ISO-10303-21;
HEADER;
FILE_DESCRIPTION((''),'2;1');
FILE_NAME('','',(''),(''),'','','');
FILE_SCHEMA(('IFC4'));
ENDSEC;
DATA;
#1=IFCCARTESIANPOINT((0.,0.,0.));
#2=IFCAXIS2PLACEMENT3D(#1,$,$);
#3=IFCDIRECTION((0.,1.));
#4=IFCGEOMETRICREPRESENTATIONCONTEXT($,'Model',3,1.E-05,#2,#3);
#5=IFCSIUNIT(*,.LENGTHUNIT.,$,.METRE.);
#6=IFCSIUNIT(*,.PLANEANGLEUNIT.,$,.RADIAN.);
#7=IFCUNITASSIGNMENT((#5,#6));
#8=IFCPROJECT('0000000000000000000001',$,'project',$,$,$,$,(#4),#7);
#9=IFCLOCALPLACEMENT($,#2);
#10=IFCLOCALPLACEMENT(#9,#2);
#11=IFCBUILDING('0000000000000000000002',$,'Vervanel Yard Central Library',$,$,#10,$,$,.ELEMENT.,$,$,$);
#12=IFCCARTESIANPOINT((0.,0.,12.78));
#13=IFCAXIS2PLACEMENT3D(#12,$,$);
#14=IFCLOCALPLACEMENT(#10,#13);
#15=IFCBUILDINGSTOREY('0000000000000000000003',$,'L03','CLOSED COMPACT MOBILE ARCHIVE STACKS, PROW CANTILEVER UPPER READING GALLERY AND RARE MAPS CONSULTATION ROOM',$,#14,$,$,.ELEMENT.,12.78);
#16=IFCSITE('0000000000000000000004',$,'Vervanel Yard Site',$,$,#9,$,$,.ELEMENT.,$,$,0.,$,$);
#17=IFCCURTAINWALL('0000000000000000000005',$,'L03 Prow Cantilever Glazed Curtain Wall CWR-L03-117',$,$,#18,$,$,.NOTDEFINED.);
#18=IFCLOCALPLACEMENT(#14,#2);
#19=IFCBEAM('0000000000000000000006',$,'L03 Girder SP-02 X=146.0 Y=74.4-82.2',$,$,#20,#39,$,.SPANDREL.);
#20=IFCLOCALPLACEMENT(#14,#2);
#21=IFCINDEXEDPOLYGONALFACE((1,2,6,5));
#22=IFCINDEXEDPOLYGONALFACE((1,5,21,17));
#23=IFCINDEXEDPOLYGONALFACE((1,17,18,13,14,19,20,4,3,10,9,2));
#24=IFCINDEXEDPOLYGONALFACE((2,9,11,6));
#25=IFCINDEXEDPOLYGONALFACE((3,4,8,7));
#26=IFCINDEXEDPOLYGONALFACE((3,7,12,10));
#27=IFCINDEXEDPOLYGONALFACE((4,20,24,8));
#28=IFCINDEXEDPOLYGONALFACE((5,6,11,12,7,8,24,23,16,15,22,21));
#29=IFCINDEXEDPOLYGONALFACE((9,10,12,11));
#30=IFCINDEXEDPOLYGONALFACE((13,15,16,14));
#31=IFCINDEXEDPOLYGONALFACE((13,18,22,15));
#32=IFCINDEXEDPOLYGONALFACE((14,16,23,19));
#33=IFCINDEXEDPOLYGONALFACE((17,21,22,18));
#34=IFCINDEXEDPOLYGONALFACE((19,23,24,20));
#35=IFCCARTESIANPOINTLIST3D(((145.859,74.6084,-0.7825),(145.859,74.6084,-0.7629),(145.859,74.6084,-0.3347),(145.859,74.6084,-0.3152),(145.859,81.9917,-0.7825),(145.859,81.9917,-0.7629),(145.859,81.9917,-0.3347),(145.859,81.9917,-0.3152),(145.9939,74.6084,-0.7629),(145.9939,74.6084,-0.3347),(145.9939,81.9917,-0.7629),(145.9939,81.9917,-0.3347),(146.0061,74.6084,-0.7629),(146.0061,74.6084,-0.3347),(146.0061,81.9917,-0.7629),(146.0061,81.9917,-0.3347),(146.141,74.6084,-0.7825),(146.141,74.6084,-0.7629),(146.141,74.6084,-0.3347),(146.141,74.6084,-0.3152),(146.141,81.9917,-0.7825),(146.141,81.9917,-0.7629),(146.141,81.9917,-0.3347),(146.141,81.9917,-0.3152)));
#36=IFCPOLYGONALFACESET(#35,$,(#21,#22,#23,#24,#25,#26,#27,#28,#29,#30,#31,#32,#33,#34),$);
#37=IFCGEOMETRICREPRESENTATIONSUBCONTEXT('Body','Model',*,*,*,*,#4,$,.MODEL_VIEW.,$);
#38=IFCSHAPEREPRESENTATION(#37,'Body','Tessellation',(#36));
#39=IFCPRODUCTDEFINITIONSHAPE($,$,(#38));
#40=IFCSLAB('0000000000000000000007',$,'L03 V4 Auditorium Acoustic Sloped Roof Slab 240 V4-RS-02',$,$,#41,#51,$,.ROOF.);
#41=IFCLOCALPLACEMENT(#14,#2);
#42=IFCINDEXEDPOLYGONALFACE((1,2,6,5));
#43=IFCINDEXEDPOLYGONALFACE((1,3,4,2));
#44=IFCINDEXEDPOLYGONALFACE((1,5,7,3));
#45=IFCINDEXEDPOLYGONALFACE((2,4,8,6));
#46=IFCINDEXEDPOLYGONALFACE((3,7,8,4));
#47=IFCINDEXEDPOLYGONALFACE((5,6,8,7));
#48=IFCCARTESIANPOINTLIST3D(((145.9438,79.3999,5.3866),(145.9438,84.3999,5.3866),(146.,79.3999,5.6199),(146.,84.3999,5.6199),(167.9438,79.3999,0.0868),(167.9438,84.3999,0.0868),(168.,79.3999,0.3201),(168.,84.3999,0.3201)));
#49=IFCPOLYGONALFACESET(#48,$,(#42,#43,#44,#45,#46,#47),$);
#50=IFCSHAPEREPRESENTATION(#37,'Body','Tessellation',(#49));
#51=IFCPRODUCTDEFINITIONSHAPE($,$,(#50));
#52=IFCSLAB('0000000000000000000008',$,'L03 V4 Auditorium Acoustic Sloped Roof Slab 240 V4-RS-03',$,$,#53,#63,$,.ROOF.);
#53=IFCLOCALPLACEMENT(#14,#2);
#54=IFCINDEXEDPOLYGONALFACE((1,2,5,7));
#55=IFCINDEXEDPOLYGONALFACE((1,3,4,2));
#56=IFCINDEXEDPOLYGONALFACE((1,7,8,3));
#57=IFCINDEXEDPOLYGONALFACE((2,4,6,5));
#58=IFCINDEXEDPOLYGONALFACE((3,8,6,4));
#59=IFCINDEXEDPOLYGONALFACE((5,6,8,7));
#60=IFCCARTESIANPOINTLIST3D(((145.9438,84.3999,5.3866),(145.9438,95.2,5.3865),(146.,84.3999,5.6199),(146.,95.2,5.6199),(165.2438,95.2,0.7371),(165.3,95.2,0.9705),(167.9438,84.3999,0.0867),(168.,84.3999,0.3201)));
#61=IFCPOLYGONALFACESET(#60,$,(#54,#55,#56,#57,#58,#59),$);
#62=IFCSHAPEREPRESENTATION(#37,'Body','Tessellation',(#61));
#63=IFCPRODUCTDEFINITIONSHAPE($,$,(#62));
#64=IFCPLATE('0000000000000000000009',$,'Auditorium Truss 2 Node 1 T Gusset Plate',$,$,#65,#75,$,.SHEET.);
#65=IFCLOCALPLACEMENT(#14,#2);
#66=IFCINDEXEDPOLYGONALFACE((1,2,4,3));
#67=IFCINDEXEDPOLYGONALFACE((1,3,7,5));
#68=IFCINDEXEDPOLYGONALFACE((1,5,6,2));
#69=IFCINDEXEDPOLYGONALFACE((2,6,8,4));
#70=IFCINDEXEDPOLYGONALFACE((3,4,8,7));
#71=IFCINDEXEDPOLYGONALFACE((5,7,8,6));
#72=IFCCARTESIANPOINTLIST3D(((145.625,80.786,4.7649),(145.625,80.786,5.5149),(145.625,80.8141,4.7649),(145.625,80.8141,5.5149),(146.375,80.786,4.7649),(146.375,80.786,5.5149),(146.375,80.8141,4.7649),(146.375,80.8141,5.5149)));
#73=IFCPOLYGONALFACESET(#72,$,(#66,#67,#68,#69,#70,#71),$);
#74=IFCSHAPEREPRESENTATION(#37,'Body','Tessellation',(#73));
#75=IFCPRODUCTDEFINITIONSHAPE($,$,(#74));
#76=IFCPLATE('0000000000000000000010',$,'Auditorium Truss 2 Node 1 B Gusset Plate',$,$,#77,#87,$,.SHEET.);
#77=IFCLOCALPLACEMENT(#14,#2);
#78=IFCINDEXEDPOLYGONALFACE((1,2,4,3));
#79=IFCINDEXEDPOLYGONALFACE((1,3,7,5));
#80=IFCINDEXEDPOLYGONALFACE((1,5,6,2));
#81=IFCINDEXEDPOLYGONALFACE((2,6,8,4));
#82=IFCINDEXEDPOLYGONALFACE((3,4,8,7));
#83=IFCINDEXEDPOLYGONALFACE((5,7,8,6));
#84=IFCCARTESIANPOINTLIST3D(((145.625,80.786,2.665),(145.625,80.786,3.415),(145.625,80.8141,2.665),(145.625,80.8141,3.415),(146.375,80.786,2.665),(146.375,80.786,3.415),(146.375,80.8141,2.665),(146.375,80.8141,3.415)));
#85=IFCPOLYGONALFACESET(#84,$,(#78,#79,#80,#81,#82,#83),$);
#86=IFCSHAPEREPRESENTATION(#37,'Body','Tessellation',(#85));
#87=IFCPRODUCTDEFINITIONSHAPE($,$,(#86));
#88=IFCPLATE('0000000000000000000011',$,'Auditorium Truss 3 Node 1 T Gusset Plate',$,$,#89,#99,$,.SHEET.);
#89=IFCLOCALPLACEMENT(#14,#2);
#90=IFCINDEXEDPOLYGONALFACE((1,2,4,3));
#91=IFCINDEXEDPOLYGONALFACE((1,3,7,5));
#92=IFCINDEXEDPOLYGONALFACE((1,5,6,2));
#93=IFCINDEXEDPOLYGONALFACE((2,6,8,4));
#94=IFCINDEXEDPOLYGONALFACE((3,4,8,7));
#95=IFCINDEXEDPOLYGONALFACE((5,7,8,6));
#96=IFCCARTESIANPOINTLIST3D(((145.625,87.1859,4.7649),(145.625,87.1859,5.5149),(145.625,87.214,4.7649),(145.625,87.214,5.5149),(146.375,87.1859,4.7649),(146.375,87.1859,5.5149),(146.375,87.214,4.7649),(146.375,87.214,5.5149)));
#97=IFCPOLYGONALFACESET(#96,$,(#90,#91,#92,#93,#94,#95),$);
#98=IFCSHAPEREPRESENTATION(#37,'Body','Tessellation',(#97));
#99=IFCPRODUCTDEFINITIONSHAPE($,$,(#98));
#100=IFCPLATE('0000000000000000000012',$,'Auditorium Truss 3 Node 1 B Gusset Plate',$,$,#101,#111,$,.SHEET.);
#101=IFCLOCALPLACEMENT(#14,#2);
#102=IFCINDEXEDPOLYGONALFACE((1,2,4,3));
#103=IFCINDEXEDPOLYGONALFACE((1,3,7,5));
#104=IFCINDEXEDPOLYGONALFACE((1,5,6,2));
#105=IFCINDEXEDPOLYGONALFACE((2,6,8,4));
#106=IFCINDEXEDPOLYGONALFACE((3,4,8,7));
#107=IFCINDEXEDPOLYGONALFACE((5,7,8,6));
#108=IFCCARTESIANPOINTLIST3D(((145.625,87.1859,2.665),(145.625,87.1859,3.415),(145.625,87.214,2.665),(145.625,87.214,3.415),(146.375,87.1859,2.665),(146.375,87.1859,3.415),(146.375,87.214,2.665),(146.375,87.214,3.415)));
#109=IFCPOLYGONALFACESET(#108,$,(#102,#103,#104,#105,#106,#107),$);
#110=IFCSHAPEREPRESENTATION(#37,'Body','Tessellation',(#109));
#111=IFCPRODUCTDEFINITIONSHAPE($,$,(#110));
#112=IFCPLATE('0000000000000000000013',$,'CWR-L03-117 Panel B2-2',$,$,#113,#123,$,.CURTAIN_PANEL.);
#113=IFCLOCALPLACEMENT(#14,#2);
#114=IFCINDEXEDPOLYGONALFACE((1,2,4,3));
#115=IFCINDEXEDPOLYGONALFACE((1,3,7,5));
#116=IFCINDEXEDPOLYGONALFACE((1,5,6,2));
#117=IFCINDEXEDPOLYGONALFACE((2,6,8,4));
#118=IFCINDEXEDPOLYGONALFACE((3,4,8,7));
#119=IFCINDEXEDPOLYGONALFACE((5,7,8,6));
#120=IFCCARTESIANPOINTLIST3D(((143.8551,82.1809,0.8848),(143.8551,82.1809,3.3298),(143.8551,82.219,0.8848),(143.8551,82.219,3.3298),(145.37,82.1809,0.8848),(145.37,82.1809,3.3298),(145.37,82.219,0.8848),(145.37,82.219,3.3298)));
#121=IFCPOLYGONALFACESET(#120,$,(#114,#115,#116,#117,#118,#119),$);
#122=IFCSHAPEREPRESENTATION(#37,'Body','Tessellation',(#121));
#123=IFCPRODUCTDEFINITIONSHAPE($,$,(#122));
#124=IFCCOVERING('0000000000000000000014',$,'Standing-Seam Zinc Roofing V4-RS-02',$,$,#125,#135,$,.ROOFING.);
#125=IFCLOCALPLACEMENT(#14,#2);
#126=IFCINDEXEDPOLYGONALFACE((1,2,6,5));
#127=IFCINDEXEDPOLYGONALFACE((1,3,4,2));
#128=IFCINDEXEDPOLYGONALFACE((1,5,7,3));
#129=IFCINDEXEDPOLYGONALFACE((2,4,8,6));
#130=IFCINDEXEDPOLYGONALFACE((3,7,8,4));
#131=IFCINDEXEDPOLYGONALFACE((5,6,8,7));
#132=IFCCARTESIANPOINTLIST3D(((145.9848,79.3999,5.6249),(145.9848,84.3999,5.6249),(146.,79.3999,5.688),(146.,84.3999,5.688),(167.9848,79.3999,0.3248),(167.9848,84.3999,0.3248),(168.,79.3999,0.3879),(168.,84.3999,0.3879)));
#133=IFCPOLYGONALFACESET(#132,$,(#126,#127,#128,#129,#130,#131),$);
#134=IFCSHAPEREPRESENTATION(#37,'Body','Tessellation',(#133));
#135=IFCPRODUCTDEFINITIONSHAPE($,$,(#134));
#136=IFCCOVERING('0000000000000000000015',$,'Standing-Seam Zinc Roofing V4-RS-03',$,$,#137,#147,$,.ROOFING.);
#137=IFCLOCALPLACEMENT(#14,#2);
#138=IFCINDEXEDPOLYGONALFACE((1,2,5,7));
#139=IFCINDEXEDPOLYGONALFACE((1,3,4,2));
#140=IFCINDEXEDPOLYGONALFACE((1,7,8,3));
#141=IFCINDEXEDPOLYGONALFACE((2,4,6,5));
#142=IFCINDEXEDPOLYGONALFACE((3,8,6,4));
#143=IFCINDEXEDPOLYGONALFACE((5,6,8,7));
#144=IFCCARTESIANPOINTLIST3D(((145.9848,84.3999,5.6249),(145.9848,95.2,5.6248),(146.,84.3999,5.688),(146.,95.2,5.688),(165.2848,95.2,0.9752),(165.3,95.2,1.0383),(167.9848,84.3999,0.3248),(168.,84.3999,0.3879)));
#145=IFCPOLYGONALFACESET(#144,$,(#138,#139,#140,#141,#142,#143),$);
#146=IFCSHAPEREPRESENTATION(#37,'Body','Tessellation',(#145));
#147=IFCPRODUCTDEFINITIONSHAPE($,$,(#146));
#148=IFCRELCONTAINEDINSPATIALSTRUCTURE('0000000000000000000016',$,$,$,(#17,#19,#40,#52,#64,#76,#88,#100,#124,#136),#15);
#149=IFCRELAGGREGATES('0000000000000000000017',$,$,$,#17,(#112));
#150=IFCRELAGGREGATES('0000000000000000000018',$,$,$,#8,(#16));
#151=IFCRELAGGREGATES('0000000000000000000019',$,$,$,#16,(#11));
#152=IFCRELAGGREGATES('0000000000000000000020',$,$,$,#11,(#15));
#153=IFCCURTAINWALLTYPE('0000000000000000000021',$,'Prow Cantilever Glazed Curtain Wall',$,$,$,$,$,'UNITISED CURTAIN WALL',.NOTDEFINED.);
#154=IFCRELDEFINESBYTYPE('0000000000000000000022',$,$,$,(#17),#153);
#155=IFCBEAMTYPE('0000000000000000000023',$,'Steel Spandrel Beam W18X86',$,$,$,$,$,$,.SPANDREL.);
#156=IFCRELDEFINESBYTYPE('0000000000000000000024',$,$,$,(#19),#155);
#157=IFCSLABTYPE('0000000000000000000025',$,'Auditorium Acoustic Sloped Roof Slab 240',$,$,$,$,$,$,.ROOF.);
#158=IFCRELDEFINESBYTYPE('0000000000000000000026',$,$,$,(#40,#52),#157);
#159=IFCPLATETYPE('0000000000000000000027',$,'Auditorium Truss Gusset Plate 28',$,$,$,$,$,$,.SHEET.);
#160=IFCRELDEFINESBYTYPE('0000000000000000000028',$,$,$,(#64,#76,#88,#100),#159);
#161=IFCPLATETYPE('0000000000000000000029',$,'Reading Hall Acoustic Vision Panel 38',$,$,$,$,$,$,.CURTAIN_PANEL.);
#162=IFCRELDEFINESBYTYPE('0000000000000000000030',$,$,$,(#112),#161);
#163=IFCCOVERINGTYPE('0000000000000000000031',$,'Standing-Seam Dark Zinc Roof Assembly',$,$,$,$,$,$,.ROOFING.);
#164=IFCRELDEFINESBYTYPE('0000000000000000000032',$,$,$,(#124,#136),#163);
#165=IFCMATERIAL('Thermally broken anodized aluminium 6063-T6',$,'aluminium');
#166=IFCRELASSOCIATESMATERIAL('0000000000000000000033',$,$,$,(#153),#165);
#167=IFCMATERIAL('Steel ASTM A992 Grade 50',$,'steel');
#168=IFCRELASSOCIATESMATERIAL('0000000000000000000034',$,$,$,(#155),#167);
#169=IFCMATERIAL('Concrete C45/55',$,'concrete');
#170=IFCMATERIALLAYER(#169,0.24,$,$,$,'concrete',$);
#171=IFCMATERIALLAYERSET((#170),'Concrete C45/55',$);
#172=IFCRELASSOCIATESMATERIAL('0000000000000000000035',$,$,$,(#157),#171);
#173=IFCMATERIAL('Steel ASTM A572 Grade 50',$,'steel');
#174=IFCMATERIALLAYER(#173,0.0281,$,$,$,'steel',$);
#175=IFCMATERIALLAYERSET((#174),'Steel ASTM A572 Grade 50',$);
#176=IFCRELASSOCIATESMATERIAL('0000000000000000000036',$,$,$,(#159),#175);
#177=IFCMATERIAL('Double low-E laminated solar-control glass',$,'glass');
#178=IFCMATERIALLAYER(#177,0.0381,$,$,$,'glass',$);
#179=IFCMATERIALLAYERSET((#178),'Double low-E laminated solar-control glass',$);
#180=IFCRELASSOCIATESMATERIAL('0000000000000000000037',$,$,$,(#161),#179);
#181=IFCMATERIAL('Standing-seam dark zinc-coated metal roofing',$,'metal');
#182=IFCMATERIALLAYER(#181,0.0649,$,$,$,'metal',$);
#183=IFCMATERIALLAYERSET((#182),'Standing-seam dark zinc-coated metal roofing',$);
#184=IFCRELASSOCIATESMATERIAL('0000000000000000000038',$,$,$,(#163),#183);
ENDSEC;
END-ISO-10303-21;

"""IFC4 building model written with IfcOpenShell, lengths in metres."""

from ifc_helpers import new_model, si_unit, direction, frame, origin, origin_2d, place, context, subcontext, project, spatial, polyline, rectangle, i_section, outline, extrude, material, layer, layer_set, material_profile, profile_set, type_object, element, aggregate, save


model = new_model("IFC4")

# Units and contexts
model_context = context("Model", 3, precision=1e-05, world=origin(), true_north=direction((0.0, 1.0)))
body_context = subcontext(model_context, "Body", "Model", "MODEL_VIEW")
ifc_project = project(units=[si_unit("LENGTHUNIT", "METRE"), si_unit("PLANEANGLEUNIT", "RADIAN")], contexts=[model_context])

# Site, building, storey
site_placement = place(None, origin())
site = spatial("IfcSite", under=ifc_project, at=site_placement, Name="Vervanel Yard Site", CompositionType="ELEMENT", RefElevation=0.0)
building_placement = place(site_placement, origin())
building = spatial("IfcBuilding", under=site, at=building_placement, Name="Vervanel Yard Central Library", CompositionType="ELEMENT")
storey_placement = place(building_placement, frame((0.0, 0.0, 12.78)))
storey = spatial("IfcBuildingStorey", under=building, at=storey_placement, Name="L03", Description="CLOSED COMPACT MOBILE ARCHIVE STACKS, PROW CANTILEVER UPPER READING GALLERY AND RARE MAPS CONSULTATION ROOM", CompositionType="ELEMENT", Elevation=12.78)

# Shared definitions
ifc_material_1 = material(Name="Steel ASTM A992 Grade 50", Category="steel")

# Curtain wall
ifc_material_2 = material(Name="Thermally broken anodized aluminium 6063-T6", Category="aluminium")
curtain_wall_type = type_object("IfcCurtainWallType", Name="Prow Cantilever Glazed Curtain Wall", ElementType="UNITISED CURTAIN WALL", PredefinedType="NOTDEFINED", material=ifc_material_2)
curtain_wall_placement = place(storey_placement, origin())
curtain_wall = element("IfcCurtainWall", 1, at=curtain_wall_placement, inside=storey, type_object=curtain_wall_type, Name="L03 Prow Cantilever Glazed Curtain Wall CWR-L03-117", PredefinedType="NOTDEFINED")

# Beam
ifc_material_profile_1 = material_profile(ifc_material_1, i_section(OverallWidth=0.282, OverallDepth=0.4673, WebThickness=0.0122, FlangeThickness=0.0195, at=origin_2d()), Name="W18X86", Category="steel")
ifc_profile_set_1 = profile_set([ifc_material_profile_1], Name="Steel ASTM A992 Grade 50")
beam_type = type_object("IfcBeamType", Name="Steel Spandrel Beam W18X86", PredefinedType="SPANDREL", material=ifc_profile_set_1)
beam_placement = place(storey_placement, frame((146.0, 74.6084, -0.5488), z_axis=(0.0, 1.0, 0.0), x_axis=(-1.0, 0.0, 0.0)))
element("IfcBeam", 2, at=beam_placement, inside=storey, type_object=beam_type, Name="L03 Girder SP-02 X=146.0 Y=74.4-82.2", PredefinedType="SPANDREL", context=body_context, shape_type="SweptSolid", body=[
    extrude(i_section(OverallWidth=0.282, OverallDepth=0.4673, WebThickness=0.0122, FlangeThickness=0.0195, at=origin_2d()), origin(), (0.0, 0.0, 1.0), 7.3833),
])

# Slabs
ifc_material_3 = material(Name="Concrete C45/55", Category="concrete")
ifc_layer_1 = layer(ifc_material_3, 0.24, Category="concrete")
ifc_layer_set_1 = layer_set([ifc_layer_1], Name="Concrete C45/55")
slab_type = type_object("IfcSlabType", Name="Auditorium Acoustic Sloped Roof Slab 240", PredefinedType="ROOF", material=ifc_layer_set_1)
slab_1_placement = place(storey_placement, frame((146.0, 79.3999, 5.6199), z_axis=(0.2342, 0.0, 0.972188), x_axis=(0.972188, 0.0, -0.2342)))
element("IfcSlab", 3, at=slab_1_placement, inside=storey, type_object=slab_type, Name="L03 V4 Auditorium Acoustic Sloped Roof Slab 240 V4-RS-02", PredefinedType="ROOF", context=body_context, shape_type="SweptSolid", body=[
    extrude(outline(polyline([(0.0, 0.0), (22.6294, 0.0), (22.6294, 5.0), (0.0, 5.0), (0.0, 0.0)])), origin(), (0.0, 0.0, -1.0), 0.24),
])
slab_2_placement = place(storey_placement, frame((146.0, 84.3999, 5.6199), z_axis=(0.234201, 0.000001, 0.972188), x_axis=(0.972188, 0.0, -0.234201)))
element("IfcSlab", 4, at=slab_2_placement, inside=storey, type_object=slab_type, Name="L03 V4 Auditorium Acoustic Sloped Roof Slab 240 V4-RS-03", PredefinedType="ROOF", context=body_context, shape_type="SweptSolid", body=[
    extrude(outline(polyline([(0.0, 0.0), (22.6294, 0.0), (19.8522, 10.8), (0.0, 10.8), (0.0, 0.0)])), origin(), (0.0, 0.0, -1.0), 0.24),
])

# Plates
ifc_material_4 = material(Name="Steel ASTM A572 Grade 50", Category="steel")
ifc_layer_2 = layer(ifc_material_4, 0.0281, Category="steel")
ifc_layer_set_2 = layer_set([ifc_layer_2], Name="Steel ASTM A572 Grade 50")
plate_type_1 = type_object("IfcPlateType", Name="Auditorium Truss Gusset Plate 28", PredefinedType="SHEET", material=ifc_layer_set_2)
for number, where, z_axis, x_axis, name in (
    (5, (146.0, 80.8, 4.7649), (0.0, 0.0, 1.0), (1.0, 0.0, 0.0), "Auditorium Truss 2 Node 1 T Gusset Plate"),
    (6, (146.0, 80.8, 2.665), (0.0, 0.0, 1.0), (1.0, 0.0, 0.0), "Auditorium Truss 2 Node 1 B Gusset Plate"),
    (7, (146.0, 87.2, 4.7649), (0.0, 0.0, 1.0), (1.0, 0.0, 0.0), "Auditorium Truss 3 Node 1 T Gusset Plate"),
    (8, (146.0, 87.2, 2.665), (0.0, 0.0, 1.0), (1.0, 0.0, 0.0), "Auditorium Truss 3 Node 1 B Gusset Plate"),
):
    element("IfcPlate", number, at=place(storey_placement, frame(where, z_axis=z_axis, x_axis=x_axis)), inside=storey, type_object=plate_type_1, Name=name, PredefinedType="SHEET", context=body_context, shape_type="SweptSolid", body=[
        extrude(rectangle(XDim=0.75, YDim=0.0281, at=origin_2d()), origin(), (0.0, 0.0, 1.0), 0.75),
    ])

# Plate
ifc_material_5 = material(Name="Double low-E laminated solar-control glass", Category="glass")
ifc_layer_3 = layer(ifc_material_5, 0.0381, Category="glass")
ifc_layer_set_3 = layer_set([ifc_layer_3], Name="Double low-E laminated solar-control glass")
plate_type_2 = type_object("IfcPlateType", Name="Reading Hall Acoustic Vision Panel 38", PredefinedType="CURTAIN_PANEL", material=ifc_layer_set_3)
plate_placement = place(storey_placement, frame((144.6125, 82.2, 0.8848), z_axis=(0.0, 0.0, 1.0), x_axis=(1.0, 0.0, 0.0)))
plate = element("IfcPlate", 9, at=plate_placement, type_object=plate_type_2, Name="CWR-L03-117 Panel B2-2", PredefinedType="CURTAIN_PANEL", context=body_context, shape_type="SweptSolid", body=[
    extrude(rectangle(XDim=1.5149, YDim=0.0381, at=origin_2d()), origin(), (0.0, 0.0, 1.0), 2.4451),
])
aggregate(curtain_wall, [plate])

# Coverings
ifc_material_6 = material(Name="Standing-seam dark zinc-coated metal roofing", Category="metal")
ifc_layer_4 = layer(ifc_material_6, 0.0649, Category="metal")
ifc_layer_set_4 = layer_set([ifc_layer_4], Name="Standing-seam dark zinc-coated metal roofing")
covering_type = type_object("IfcCoveringType", Name="Standing-Seam Dark Zinc Roof Assembly", PredefinedType="ROOFING", material=ifc_layer_set_4)
covering_1_placement = place(storey_placement, frame((146.0, 79.3999, 5.688), z_axis=(0.234211, 0.0, 0.972186), x_axis=(0.972186, 0.0, -0.234211)))
element("IfcCovering", 10, at=covering_1_placement, inside=storey, type_object=covering_type, Name="Standing-Seam Zinc Roofing V4-RS-02", PredefinedType="ROOFING", context=body_context, shape_type="SweptSolid", body=[
    extrude(outline(polyline([(0.0, 0.0), (22.6294, 0.0), (22.6294, 5.0), (0.0, 5.0), (0.0, 0.0)])), origin(), (0.0, 0.0, -1.0), 0.0649),
])
covering_2_placement = place(storey_placement, frame((146.0, 84.3999, 5.688), z_axis=(0.234212, 0.000003, 0.972186), x_axis=(0.972186, 0.0, -0.234212)))
element("IfcCovering", 11, at=covering_2_placement, inside=storey, type_object=covering_type, Name="Standing-Seam Zinc Roofing V4-RS-03", PredefinedType="ROOFING", context=body_context, shape_type="SweptSolid", body=[
    extrude(outline(polyline([(0.0, 0.0), (22.6294, 0.0), (19.8522, 10.8), (0.0, 10.8), (0.0, 0.0)])), origin(), (0.0, 0.0, -1.0), 0.0649),
])

save(model, "model.ifc")
